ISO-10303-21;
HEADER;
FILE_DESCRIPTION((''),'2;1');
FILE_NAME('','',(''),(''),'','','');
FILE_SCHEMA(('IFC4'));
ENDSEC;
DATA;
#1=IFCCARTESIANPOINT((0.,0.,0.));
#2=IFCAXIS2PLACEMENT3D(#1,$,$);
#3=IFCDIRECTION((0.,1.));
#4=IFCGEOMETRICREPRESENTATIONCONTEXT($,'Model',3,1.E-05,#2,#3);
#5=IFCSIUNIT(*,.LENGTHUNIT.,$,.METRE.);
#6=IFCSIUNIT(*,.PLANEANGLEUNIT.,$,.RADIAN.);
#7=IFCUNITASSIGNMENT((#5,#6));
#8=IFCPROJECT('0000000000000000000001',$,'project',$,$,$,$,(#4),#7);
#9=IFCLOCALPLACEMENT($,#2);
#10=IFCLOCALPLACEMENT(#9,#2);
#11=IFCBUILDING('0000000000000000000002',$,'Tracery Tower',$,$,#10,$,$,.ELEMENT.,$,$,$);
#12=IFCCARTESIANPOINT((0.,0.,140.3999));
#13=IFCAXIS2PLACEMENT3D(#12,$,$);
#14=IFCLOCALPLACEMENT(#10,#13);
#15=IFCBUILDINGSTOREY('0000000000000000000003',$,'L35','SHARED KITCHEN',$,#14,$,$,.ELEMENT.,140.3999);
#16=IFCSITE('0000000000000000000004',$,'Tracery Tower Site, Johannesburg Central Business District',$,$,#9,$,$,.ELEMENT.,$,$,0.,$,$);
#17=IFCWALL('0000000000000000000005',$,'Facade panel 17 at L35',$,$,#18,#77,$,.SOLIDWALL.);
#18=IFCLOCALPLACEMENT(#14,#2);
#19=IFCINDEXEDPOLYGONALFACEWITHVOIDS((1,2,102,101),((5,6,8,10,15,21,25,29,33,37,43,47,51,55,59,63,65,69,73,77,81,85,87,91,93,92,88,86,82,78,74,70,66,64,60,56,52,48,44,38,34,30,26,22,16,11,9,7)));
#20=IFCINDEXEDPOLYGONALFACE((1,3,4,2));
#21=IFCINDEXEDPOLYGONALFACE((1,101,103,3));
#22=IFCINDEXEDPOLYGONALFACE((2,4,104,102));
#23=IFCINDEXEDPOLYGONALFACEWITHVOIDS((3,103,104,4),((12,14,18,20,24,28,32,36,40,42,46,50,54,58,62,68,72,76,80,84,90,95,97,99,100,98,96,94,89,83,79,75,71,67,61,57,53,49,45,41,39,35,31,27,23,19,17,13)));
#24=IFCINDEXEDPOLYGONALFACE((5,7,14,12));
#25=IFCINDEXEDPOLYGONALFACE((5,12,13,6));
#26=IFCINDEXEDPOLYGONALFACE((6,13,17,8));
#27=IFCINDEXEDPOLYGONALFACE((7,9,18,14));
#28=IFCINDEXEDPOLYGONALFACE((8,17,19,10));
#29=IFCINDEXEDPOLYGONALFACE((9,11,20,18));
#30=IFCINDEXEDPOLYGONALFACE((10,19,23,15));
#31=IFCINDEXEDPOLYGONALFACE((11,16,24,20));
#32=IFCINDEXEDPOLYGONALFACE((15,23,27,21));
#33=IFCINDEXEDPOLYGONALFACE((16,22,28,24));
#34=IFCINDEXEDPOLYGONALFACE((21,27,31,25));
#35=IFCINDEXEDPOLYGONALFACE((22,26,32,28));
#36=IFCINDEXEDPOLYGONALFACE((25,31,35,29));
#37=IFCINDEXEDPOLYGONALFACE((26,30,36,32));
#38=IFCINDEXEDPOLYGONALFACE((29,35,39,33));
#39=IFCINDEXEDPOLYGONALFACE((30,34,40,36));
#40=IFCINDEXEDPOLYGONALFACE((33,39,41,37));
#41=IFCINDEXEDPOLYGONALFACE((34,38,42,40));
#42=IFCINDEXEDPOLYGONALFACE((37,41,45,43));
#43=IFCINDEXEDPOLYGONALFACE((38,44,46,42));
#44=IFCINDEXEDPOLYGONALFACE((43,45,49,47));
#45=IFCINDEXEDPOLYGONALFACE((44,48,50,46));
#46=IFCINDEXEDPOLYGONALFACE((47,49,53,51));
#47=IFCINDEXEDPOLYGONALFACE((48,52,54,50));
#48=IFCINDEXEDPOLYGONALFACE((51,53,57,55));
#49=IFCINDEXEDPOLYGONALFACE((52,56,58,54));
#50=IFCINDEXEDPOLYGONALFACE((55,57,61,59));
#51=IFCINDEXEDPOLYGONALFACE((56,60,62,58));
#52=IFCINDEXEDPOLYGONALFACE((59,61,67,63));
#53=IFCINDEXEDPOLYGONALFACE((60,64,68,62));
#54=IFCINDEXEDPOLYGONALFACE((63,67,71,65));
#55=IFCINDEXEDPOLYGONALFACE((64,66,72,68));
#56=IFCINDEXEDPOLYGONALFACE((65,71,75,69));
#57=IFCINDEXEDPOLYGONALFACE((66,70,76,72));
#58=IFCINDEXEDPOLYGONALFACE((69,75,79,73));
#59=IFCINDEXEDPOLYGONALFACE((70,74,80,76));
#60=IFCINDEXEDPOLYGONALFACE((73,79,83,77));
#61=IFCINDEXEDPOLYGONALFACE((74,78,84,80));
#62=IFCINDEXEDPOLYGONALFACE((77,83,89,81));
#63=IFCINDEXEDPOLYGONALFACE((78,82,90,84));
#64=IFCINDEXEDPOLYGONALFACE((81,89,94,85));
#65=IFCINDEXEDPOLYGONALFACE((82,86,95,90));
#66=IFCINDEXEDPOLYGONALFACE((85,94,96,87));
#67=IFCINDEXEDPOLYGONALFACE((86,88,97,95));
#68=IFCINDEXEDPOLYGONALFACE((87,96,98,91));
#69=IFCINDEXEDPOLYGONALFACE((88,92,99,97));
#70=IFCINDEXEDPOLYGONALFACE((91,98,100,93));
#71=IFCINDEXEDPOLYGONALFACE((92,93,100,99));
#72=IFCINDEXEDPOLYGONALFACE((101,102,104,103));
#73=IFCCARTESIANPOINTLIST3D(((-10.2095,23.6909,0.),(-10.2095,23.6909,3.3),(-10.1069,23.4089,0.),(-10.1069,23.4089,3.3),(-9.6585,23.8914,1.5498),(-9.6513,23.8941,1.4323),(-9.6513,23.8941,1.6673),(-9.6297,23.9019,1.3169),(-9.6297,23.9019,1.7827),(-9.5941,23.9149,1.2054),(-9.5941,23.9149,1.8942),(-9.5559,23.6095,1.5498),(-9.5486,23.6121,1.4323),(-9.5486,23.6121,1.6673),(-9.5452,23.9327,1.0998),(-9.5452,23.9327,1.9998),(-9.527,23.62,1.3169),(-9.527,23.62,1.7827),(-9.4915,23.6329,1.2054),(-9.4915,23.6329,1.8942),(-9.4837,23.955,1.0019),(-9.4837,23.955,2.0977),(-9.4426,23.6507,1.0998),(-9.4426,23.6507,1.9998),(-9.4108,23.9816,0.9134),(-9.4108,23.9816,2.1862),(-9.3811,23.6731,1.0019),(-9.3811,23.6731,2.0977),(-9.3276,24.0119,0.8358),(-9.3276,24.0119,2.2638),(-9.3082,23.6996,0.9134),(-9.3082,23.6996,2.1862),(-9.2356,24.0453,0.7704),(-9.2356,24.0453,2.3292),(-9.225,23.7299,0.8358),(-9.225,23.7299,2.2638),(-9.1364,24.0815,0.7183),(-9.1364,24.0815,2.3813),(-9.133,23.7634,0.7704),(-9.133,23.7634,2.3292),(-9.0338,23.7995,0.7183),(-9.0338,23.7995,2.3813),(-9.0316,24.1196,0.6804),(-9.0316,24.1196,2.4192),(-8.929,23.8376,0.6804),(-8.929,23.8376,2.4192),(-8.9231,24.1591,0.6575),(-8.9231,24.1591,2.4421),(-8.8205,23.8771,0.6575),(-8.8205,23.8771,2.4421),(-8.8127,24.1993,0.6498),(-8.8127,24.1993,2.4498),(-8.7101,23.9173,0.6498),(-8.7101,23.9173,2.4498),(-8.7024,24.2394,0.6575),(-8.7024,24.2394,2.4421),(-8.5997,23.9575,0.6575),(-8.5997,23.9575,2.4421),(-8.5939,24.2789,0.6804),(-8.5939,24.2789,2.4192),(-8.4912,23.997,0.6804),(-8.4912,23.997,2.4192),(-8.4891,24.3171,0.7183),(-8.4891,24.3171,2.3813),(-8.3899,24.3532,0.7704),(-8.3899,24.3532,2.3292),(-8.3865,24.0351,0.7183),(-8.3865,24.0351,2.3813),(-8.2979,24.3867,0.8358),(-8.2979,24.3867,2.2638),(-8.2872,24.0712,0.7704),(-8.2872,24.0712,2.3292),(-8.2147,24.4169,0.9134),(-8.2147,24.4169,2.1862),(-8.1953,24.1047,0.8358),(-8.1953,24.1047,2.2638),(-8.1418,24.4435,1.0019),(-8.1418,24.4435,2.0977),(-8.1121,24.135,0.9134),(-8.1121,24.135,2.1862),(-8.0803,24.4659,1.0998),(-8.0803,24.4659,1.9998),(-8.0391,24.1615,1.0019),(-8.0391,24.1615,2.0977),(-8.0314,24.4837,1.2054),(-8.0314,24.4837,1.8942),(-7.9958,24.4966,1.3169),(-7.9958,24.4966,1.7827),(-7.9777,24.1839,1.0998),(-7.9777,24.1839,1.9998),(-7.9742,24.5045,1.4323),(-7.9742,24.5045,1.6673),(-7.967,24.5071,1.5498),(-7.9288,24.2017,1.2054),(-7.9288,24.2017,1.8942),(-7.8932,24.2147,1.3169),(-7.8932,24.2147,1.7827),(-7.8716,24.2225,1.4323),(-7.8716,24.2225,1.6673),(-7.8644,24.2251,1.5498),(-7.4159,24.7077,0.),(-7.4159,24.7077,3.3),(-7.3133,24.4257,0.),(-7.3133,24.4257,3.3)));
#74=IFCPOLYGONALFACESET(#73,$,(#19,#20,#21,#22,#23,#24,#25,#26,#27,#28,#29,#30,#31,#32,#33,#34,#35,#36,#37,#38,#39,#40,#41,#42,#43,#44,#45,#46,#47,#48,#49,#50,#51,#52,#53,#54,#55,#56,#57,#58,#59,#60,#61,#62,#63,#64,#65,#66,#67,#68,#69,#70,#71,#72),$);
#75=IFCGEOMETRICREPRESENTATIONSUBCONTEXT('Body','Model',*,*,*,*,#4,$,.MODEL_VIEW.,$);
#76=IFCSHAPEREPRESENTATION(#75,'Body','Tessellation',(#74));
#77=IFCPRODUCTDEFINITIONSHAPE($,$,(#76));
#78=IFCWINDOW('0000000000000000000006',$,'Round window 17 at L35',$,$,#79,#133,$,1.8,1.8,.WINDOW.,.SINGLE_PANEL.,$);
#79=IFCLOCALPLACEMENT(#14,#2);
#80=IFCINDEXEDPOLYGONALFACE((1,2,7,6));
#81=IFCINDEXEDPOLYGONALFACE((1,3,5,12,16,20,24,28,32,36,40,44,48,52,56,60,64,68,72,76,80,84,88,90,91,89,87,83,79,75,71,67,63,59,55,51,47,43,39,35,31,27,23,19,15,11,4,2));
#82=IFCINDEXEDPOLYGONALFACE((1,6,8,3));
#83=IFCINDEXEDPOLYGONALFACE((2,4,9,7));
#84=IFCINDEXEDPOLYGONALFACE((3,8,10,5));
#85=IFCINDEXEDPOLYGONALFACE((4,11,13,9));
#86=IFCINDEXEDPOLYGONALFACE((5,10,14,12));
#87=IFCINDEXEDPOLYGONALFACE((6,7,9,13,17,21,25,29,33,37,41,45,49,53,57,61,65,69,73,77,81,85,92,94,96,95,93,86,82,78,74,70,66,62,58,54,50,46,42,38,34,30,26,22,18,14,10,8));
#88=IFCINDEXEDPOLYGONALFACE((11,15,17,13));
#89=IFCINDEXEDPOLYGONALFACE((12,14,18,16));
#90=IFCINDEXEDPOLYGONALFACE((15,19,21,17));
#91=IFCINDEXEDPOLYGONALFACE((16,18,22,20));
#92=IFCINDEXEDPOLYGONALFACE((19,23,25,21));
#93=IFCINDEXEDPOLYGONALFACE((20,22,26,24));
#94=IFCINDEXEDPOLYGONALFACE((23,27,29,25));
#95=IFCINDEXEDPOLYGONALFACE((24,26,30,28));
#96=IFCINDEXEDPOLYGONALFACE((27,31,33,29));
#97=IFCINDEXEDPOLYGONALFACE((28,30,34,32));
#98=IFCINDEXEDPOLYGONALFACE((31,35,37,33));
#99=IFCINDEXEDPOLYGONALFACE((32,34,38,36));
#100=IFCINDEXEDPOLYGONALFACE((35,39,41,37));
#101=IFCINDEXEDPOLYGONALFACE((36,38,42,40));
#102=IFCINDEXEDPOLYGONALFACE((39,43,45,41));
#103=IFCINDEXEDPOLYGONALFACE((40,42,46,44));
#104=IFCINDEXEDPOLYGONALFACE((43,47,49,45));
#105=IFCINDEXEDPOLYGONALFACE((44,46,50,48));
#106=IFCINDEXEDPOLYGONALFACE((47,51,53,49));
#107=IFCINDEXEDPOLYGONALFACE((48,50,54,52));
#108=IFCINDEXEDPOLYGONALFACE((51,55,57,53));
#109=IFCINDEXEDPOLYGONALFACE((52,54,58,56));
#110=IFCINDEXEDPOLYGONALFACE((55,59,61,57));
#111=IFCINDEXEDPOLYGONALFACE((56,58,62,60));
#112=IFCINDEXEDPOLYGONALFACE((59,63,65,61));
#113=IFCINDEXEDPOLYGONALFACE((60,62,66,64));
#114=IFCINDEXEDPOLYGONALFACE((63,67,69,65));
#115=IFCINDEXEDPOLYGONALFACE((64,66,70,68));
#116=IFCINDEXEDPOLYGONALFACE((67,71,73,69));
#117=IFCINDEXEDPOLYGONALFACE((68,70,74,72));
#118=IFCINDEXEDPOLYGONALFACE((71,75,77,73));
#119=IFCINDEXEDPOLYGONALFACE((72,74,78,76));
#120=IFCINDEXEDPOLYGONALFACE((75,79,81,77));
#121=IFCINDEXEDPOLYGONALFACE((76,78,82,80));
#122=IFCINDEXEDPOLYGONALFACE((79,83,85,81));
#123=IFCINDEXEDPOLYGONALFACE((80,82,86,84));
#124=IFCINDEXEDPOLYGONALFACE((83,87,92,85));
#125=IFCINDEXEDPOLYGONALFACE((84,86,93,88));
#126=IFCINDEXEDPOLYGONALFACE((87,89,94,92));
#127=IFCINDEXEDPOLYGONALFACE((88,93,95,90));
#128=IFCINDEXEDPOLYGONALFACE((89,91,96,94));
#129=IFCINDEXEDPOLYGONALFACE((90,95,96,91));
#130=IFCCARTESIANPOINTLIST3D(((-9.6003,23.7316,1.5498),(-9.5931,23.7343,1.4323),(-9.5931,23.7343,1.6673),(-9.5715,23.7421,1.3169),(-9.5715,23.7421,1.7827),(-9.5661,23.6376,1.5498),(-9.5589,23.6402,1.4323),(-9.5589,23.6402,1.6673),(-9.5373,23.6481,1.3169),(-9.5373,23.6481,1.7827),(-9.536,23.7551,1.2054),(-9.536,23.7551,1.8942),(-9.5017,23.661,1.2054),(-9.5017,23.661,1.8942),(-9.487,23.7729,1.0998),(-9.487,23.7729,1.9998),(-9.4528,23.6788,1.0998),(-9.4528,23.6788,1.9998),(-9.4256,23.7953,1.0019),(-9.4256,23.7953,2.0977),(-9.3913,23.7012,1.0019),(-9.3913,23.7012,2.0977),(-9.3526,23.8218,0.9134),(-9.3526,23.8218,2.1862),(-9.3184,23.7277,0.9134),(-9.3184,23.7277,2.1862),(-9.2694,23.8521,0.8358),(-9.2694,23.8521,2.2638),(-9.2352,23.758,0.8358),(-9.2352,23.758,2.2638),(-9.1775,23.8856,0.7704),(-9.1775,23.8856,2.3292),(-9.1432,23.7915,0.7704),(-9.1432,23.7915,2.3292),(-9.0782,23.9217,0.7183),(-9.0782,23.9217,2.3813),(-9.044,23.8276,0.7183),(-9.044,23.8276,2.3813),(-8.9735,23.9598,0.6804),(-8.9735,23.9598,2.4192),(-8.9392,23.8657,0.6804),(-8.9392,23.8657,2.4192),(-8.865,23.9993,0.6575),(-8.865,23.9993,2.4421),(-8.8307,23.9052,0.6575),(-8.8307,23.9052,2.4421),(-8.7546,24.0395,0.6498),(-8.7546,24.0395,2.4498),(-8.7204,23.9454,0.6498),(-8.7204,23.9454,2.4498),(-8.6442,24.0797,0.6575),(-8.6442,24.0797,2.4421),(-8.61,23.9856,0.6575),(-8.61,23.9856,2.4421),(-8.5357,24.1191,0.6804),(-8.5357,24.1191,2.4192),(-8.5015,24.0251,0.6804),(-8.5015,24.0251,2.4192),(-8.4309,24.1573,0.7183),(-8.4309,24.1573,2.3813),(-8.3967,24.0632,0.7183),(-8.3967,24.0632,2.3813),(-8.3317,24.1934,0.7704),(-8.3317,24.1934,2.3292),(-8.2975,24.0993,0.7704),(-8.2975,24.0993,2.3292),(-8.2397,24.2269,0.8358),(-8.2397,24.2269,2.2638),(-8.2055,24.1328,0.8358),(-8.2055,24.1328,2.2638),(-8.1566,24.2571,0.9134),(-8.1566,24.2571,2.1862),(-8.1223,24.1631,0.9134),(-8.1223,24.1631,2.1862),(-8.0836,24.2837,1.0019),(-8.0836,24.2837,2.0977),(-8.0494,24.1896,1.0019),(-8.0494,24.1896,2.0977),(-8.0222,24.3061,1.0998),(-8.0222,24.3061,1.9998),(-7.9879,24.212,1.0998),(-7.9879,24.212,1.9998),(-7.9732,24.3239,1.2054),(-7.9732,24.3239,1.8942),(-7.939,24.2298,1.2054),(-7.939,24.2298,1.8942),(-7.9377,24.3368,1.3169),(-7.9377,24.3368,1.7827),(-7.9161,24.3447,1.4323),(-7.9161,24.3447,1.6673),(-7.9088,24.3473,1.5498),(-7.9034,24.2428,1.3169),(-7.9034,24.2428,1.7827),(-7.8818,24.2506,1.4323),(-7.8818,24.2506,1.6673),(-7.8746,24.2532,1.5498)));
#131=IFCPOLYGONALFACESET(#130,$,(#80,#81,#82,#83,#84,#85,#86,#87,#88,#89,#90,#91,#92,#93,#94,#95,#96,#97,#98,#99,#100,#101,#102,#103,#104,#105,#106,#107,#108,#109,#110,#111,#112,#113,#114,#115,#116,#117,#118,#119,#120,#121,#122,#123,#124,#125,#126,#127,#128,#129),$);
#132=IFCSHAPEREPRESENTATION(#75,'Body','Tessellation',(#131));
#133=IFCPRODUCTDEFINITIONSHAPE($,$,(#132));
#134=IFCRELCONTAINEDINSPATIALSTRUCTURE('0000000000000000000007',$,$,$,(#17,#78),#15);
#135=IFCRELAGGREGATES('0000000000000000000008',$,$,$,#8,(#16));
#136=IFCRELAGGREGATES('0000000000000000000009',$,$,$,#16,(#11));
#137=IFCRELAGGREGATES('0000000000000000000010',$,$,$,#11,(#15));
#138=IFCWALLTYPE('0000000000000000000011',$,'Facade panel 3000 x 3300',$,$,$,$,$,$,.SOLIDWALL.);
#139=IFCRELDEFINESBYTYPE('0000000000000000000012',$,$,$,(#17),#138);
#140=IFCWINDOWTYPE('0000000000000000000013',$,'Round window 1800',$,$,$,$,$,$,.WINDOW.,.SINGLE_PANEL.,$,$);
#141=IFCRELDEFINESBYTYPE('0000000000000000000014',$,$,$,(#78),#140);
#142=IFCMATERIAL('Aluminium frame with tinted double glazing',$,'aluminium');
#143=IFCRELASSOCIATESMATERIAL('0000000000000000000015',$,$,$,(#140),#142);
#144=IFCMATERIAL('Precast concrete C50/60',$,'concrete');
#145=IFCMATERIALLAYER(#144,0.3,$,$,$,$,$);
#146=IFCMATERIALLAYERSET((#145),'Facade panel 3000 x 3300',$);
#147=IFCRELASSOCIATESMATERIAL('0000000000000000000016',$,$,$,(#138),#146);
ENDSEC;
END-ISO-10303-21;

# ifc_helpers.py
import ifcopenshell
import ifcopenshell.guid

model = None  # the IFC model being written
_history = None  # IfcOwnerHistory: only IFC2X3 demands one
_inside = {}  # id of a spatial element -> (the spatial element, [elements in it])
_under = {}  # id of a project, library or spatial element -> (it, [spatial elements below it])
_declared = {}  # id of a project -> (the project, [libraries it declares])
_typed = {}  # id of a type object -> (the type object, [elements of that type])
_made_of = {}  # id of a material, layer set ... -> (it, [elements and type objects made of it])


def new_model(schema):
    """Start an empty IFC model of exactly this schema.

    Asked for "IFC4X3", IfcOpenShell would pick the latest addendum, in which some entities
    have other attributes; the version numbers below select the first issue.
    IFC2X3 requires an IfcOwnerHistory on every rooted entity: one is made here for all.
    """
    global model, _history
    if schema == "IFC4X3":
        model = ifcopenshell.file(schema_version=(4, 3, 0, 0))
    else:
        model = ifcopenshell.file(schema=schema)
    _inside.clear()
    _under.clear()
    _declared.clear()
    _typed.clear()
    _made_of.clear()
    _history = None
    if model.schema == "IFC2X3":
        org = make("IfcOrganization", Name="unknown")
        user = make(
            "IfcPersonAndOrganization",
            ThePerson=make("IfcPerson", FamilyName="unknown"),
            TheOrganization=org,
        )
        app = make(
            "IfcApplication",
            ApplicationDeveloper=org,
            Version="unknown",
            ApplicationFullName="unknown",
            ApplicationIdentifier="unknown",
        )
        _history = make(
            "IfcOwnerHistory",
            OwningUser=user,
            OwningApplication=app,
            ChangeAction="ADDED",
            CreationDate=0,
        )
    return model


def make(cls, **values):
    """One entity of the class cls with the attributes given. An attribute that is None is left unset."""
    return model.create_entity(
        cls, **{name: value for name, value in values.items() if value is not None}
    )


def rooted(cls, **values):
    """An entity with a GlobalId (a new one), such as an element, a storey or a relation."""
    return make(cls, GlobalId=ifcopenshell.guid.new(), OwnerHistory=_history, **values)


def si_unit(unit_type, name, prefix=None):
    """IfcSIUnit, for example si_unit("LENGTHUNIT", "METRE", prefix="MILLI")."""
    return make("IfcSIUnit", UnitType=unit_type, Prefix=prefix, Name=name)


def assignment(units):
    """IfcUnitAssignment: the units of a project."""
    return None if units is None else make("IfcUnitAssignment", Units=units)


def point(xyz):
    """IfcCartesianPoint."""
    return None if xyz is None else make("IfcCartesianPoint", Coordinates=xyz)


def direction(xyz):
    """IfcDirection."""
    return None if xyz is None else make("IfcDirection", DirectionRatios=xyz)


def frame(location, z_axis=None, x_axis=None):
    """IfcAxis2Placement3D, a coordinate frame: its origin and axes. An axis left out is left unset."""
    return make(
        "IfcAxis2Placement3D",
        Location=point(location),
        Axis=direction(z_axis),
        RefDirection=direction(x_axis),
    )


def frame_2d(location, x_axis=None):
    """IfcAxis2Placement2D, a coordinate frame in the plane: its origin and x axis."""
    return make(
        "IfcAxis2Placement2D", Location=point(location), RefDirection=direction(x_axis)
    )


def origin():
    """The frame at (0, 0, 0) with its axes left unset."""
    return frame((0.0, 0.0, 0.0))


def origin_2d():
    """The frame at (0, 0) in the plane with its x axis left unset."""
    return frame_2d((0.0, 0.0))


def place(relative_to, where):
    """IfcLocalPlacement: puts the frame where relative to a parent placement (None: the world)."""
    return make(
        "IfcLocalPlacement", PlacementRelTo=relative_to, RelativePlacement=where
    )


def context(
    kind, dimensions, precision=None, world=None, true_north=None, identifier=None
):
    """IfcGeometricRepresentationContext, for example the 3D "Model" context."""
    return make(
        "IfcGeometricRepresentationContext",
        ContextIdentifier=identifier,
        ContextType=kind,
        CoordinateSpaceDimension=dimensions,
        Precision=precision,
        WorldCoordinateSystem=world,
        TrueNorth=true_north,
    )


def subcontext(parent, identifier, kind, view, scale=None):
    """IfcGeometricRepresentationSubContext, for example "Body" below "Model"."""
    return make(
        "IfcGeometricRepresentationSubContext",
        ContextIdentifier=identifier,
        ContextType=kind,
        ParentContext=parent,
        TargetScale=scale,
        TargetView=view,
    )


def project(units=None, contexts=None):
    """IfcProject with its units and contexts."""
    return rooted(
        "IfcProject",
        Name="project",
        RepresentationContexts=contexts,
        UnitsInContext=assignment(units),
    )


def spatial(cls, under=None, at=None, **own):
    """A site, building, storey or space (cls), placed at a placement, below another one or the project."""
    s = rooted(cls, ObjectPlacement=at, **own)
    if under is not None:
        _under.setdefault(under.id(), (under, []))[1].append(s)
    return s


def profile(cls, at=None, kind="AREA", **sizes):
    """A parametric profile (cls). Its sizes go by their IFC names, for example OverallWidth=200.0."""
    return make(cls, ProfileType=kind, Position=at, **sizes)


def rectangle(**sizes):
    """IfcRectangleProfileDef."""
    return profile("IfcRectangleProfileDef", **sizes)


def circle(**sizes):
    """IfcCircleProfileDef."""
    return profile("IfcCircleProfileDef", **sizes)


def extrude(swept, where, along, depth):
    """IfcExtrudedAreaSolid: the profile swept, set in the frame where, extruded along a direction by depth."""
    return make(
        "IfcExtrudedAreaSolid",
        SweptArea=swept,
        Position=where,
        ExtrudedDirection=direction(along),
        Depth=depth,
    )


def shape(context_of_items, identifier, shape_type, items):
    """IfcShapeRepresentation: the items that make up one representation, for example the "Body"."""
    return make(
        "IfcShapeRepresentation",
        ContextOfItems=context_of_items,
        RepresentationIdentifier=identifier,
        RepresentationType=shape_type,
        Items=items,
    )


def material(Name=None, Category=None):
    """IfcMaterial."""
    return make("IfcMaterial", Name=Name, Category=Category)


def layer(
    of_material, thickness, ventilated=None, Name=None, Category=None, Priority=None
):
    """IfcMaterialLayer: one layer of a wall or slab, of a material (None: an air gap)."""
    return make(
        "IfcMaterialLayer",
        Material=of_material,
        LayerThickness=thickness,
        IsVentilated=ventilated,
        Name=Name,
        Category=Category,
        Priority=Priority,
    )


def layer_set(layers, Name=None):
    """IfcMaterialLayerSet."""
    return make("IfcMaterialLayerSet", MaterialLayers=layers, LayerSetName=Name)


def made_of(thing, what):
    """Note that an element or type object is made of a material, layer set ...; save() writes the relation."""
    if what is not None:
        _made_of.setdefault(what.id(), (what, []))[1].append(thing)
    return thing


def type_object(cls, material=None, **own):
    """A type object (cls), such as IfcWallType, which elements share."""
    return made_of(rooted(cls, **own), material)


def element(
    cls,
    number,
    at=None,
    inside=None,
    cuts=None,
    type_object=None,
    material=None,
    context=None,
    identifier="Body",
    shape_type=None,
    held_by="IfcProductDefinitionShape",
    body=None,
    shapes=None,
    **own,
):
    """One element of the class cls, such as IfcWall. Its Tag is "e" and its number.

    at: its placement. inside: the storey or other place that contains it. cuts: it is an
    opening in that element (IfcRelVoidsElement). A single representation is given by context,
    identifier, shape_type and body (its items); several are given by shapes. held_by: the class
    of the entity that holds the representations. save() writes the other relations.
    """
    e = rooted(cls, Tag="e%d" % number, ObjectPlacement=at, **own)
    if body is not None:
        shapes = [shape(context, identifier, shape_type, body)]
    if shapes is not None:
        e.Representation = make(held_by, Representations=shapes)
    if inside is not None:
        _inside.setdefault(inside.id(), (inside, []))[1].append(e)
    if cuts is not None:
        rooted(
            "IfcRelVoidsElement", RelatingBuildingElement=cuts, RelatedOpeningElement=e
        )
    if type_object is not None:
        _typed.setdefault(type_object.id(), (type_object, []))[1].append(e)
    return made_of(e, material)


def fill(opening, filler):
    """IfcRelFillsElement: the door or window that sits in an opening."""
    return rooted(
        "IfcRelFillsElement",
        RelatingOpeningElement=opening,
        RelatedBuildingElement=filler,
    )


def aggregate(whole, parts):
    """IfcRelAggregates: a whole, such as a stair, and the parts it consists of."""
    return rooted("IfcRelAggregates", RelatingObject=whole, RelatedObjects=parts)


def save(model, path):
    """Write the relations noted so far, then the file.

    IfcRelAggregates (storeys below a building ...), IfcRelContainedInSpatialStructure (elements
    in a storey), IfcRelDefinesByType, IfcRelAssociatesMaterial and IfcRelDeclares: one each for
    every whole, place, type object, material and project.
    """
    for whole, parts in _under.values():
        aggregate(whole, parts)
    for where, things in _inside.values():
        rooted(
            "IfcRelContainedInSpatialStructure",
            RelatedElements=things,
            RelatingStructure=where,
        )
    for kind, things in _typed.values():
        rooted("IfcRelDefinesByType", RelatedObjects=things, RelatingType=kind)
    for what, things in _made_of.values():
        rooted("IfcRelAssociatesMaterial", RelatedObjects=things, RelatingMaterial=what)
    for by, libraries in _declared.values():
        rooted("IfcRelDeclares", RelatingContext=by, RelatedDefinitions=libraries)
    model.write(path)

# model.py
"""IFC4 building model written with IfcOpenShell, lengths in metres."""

from ifc_helpers import new_model, si_unit, direction, frame, frame_2d, origin, origin_2d, place, context, subcontext, project, spatial, rectangle, circle, extrude, material, layer, layer_set, type_object, element, fill, save


model = new_model("IFC4")

# Units and contexts
model_context = context("Model", 3, precision=1e-05, world=origin(), true_north=direction((0.0, 1.0)))
body_context = subcontext(model_context, "Body", "Model", "MODEL_VIEW")
ifc_project = project(units=[si_unit("LENGTHUNIT", "METRE"), si_unit("PLANEANGLEUNIT", "RADIAN")], contexts=[model_context])

# Site, building, storey
site_placement = place(None, origin())
site = spatial("IfcSite", under=ifc_project, at=site_placement, Name="Tracery Tower Site, Johannesburg Central Business District", CompositionType="ELEMENT", RefElevation=0.0)
building_placement = place(site_placement, origin())
building = spatial("IfcBuilding", under=site, at=building_placement, Name="Tracery Tower", CompositionType="ELEMENT")
storey_placement = place(building_placement, frame((0.0, 0.0, 140.3999)))
storey = spatial("IfcBuildingStorey", under=building, at=storey_placement, Name="L35", Description="SHARED KITCHEN", CompositionType="ELEMENT", Elevation=140.3999)

# Wall, opening, window
ifc_material_1 = material(Name="Aluminium frame with tinted double glazing", Category="aluminium")
window_type = type_object("IfcWindowType", Name="Round window 1800", PartitioningType="SINGLE_PANEL", PredefinedType="WINDOW", material=ifc_material_1)
ifc_material_2 = material(Name="Precast concrete C50/60", Category="concrete")
ifc_layer_1 = layer(ifc_material_2, 0.3)
ifc_layer_set_1 = layer_set([ifc_layer_1], Name="Facade panel 3000 x 3300")
wall_type_1 = type_object("IfcWallType", Name="Facade panel 3000 x 3300", PredefinedType="SOLIDWALL", material=ifc_layer_set_1)
wall_1_placement = place(storey_placement, frame((-7.3647, 24.5667, 0.0), z_axis=(0.0, 0.0, 1.0), x_axis=(-0.93969, -0.342027, 0.0)))
wall_1 = element("IfcWall", 1, at=wall_1_placement, inside=storey, type_object=wall_type_1, Name="Facade panel 17 at L35", PredefinedType="SOLIDWALL", context=body_context, shape_type="SweptSolid", body=[
    extrude(rectangle(XDim=2.9729, YDim=0.3, at=frame_2d((1.4863, 0.0))), origin(), (0.0, 0.0, 1.0), 3.3),
])
opening_1_placement = place(wall_1_placement, frame((1.4863, 0.0, 1.5498)))
opening_1 = element("IfcOpeningElement", 2, at=opening_1_placement, cuts=wall_1, PredefinedType="OPENING", context=body_context, shape_type="SweptSolid", body=[
    extrude(circle(Radius=0.9, at=origin_2d()), frame((0.0, 0.1599, 0.0), z_axis=(0.0, -1.0, 0.0), x_axis=(1.0, 0.0, 0.0)), (0.0, 0.0, 1.0), 0.3201),
])
window_1_placement = place(opening_1_placement, origin())
window_1 = element("IfcWindow", 3, at=window_1_placement, inside=storey, type_object=window_type, Name="Round window 17 at L35", OverallHeight=1.8, OverallWidth=1.8, PartitioningType="SINGLE_PANEL", PredefinedType="WINDOW", context=body_context, shape_type="SweptSolid", body=[
    extrude(circle(Radius=0.9, at=origin_2d()), frame((0.0, 0.1201, 0.0), z_axis=(0.0, -1.0, 0.0), x_axis=(1.0, 0.0, 0.0)), (0.0, 0.0, 1.0), 0.1001),
])
fill(opening_1, window_1)

save(model, "model.ifc")
